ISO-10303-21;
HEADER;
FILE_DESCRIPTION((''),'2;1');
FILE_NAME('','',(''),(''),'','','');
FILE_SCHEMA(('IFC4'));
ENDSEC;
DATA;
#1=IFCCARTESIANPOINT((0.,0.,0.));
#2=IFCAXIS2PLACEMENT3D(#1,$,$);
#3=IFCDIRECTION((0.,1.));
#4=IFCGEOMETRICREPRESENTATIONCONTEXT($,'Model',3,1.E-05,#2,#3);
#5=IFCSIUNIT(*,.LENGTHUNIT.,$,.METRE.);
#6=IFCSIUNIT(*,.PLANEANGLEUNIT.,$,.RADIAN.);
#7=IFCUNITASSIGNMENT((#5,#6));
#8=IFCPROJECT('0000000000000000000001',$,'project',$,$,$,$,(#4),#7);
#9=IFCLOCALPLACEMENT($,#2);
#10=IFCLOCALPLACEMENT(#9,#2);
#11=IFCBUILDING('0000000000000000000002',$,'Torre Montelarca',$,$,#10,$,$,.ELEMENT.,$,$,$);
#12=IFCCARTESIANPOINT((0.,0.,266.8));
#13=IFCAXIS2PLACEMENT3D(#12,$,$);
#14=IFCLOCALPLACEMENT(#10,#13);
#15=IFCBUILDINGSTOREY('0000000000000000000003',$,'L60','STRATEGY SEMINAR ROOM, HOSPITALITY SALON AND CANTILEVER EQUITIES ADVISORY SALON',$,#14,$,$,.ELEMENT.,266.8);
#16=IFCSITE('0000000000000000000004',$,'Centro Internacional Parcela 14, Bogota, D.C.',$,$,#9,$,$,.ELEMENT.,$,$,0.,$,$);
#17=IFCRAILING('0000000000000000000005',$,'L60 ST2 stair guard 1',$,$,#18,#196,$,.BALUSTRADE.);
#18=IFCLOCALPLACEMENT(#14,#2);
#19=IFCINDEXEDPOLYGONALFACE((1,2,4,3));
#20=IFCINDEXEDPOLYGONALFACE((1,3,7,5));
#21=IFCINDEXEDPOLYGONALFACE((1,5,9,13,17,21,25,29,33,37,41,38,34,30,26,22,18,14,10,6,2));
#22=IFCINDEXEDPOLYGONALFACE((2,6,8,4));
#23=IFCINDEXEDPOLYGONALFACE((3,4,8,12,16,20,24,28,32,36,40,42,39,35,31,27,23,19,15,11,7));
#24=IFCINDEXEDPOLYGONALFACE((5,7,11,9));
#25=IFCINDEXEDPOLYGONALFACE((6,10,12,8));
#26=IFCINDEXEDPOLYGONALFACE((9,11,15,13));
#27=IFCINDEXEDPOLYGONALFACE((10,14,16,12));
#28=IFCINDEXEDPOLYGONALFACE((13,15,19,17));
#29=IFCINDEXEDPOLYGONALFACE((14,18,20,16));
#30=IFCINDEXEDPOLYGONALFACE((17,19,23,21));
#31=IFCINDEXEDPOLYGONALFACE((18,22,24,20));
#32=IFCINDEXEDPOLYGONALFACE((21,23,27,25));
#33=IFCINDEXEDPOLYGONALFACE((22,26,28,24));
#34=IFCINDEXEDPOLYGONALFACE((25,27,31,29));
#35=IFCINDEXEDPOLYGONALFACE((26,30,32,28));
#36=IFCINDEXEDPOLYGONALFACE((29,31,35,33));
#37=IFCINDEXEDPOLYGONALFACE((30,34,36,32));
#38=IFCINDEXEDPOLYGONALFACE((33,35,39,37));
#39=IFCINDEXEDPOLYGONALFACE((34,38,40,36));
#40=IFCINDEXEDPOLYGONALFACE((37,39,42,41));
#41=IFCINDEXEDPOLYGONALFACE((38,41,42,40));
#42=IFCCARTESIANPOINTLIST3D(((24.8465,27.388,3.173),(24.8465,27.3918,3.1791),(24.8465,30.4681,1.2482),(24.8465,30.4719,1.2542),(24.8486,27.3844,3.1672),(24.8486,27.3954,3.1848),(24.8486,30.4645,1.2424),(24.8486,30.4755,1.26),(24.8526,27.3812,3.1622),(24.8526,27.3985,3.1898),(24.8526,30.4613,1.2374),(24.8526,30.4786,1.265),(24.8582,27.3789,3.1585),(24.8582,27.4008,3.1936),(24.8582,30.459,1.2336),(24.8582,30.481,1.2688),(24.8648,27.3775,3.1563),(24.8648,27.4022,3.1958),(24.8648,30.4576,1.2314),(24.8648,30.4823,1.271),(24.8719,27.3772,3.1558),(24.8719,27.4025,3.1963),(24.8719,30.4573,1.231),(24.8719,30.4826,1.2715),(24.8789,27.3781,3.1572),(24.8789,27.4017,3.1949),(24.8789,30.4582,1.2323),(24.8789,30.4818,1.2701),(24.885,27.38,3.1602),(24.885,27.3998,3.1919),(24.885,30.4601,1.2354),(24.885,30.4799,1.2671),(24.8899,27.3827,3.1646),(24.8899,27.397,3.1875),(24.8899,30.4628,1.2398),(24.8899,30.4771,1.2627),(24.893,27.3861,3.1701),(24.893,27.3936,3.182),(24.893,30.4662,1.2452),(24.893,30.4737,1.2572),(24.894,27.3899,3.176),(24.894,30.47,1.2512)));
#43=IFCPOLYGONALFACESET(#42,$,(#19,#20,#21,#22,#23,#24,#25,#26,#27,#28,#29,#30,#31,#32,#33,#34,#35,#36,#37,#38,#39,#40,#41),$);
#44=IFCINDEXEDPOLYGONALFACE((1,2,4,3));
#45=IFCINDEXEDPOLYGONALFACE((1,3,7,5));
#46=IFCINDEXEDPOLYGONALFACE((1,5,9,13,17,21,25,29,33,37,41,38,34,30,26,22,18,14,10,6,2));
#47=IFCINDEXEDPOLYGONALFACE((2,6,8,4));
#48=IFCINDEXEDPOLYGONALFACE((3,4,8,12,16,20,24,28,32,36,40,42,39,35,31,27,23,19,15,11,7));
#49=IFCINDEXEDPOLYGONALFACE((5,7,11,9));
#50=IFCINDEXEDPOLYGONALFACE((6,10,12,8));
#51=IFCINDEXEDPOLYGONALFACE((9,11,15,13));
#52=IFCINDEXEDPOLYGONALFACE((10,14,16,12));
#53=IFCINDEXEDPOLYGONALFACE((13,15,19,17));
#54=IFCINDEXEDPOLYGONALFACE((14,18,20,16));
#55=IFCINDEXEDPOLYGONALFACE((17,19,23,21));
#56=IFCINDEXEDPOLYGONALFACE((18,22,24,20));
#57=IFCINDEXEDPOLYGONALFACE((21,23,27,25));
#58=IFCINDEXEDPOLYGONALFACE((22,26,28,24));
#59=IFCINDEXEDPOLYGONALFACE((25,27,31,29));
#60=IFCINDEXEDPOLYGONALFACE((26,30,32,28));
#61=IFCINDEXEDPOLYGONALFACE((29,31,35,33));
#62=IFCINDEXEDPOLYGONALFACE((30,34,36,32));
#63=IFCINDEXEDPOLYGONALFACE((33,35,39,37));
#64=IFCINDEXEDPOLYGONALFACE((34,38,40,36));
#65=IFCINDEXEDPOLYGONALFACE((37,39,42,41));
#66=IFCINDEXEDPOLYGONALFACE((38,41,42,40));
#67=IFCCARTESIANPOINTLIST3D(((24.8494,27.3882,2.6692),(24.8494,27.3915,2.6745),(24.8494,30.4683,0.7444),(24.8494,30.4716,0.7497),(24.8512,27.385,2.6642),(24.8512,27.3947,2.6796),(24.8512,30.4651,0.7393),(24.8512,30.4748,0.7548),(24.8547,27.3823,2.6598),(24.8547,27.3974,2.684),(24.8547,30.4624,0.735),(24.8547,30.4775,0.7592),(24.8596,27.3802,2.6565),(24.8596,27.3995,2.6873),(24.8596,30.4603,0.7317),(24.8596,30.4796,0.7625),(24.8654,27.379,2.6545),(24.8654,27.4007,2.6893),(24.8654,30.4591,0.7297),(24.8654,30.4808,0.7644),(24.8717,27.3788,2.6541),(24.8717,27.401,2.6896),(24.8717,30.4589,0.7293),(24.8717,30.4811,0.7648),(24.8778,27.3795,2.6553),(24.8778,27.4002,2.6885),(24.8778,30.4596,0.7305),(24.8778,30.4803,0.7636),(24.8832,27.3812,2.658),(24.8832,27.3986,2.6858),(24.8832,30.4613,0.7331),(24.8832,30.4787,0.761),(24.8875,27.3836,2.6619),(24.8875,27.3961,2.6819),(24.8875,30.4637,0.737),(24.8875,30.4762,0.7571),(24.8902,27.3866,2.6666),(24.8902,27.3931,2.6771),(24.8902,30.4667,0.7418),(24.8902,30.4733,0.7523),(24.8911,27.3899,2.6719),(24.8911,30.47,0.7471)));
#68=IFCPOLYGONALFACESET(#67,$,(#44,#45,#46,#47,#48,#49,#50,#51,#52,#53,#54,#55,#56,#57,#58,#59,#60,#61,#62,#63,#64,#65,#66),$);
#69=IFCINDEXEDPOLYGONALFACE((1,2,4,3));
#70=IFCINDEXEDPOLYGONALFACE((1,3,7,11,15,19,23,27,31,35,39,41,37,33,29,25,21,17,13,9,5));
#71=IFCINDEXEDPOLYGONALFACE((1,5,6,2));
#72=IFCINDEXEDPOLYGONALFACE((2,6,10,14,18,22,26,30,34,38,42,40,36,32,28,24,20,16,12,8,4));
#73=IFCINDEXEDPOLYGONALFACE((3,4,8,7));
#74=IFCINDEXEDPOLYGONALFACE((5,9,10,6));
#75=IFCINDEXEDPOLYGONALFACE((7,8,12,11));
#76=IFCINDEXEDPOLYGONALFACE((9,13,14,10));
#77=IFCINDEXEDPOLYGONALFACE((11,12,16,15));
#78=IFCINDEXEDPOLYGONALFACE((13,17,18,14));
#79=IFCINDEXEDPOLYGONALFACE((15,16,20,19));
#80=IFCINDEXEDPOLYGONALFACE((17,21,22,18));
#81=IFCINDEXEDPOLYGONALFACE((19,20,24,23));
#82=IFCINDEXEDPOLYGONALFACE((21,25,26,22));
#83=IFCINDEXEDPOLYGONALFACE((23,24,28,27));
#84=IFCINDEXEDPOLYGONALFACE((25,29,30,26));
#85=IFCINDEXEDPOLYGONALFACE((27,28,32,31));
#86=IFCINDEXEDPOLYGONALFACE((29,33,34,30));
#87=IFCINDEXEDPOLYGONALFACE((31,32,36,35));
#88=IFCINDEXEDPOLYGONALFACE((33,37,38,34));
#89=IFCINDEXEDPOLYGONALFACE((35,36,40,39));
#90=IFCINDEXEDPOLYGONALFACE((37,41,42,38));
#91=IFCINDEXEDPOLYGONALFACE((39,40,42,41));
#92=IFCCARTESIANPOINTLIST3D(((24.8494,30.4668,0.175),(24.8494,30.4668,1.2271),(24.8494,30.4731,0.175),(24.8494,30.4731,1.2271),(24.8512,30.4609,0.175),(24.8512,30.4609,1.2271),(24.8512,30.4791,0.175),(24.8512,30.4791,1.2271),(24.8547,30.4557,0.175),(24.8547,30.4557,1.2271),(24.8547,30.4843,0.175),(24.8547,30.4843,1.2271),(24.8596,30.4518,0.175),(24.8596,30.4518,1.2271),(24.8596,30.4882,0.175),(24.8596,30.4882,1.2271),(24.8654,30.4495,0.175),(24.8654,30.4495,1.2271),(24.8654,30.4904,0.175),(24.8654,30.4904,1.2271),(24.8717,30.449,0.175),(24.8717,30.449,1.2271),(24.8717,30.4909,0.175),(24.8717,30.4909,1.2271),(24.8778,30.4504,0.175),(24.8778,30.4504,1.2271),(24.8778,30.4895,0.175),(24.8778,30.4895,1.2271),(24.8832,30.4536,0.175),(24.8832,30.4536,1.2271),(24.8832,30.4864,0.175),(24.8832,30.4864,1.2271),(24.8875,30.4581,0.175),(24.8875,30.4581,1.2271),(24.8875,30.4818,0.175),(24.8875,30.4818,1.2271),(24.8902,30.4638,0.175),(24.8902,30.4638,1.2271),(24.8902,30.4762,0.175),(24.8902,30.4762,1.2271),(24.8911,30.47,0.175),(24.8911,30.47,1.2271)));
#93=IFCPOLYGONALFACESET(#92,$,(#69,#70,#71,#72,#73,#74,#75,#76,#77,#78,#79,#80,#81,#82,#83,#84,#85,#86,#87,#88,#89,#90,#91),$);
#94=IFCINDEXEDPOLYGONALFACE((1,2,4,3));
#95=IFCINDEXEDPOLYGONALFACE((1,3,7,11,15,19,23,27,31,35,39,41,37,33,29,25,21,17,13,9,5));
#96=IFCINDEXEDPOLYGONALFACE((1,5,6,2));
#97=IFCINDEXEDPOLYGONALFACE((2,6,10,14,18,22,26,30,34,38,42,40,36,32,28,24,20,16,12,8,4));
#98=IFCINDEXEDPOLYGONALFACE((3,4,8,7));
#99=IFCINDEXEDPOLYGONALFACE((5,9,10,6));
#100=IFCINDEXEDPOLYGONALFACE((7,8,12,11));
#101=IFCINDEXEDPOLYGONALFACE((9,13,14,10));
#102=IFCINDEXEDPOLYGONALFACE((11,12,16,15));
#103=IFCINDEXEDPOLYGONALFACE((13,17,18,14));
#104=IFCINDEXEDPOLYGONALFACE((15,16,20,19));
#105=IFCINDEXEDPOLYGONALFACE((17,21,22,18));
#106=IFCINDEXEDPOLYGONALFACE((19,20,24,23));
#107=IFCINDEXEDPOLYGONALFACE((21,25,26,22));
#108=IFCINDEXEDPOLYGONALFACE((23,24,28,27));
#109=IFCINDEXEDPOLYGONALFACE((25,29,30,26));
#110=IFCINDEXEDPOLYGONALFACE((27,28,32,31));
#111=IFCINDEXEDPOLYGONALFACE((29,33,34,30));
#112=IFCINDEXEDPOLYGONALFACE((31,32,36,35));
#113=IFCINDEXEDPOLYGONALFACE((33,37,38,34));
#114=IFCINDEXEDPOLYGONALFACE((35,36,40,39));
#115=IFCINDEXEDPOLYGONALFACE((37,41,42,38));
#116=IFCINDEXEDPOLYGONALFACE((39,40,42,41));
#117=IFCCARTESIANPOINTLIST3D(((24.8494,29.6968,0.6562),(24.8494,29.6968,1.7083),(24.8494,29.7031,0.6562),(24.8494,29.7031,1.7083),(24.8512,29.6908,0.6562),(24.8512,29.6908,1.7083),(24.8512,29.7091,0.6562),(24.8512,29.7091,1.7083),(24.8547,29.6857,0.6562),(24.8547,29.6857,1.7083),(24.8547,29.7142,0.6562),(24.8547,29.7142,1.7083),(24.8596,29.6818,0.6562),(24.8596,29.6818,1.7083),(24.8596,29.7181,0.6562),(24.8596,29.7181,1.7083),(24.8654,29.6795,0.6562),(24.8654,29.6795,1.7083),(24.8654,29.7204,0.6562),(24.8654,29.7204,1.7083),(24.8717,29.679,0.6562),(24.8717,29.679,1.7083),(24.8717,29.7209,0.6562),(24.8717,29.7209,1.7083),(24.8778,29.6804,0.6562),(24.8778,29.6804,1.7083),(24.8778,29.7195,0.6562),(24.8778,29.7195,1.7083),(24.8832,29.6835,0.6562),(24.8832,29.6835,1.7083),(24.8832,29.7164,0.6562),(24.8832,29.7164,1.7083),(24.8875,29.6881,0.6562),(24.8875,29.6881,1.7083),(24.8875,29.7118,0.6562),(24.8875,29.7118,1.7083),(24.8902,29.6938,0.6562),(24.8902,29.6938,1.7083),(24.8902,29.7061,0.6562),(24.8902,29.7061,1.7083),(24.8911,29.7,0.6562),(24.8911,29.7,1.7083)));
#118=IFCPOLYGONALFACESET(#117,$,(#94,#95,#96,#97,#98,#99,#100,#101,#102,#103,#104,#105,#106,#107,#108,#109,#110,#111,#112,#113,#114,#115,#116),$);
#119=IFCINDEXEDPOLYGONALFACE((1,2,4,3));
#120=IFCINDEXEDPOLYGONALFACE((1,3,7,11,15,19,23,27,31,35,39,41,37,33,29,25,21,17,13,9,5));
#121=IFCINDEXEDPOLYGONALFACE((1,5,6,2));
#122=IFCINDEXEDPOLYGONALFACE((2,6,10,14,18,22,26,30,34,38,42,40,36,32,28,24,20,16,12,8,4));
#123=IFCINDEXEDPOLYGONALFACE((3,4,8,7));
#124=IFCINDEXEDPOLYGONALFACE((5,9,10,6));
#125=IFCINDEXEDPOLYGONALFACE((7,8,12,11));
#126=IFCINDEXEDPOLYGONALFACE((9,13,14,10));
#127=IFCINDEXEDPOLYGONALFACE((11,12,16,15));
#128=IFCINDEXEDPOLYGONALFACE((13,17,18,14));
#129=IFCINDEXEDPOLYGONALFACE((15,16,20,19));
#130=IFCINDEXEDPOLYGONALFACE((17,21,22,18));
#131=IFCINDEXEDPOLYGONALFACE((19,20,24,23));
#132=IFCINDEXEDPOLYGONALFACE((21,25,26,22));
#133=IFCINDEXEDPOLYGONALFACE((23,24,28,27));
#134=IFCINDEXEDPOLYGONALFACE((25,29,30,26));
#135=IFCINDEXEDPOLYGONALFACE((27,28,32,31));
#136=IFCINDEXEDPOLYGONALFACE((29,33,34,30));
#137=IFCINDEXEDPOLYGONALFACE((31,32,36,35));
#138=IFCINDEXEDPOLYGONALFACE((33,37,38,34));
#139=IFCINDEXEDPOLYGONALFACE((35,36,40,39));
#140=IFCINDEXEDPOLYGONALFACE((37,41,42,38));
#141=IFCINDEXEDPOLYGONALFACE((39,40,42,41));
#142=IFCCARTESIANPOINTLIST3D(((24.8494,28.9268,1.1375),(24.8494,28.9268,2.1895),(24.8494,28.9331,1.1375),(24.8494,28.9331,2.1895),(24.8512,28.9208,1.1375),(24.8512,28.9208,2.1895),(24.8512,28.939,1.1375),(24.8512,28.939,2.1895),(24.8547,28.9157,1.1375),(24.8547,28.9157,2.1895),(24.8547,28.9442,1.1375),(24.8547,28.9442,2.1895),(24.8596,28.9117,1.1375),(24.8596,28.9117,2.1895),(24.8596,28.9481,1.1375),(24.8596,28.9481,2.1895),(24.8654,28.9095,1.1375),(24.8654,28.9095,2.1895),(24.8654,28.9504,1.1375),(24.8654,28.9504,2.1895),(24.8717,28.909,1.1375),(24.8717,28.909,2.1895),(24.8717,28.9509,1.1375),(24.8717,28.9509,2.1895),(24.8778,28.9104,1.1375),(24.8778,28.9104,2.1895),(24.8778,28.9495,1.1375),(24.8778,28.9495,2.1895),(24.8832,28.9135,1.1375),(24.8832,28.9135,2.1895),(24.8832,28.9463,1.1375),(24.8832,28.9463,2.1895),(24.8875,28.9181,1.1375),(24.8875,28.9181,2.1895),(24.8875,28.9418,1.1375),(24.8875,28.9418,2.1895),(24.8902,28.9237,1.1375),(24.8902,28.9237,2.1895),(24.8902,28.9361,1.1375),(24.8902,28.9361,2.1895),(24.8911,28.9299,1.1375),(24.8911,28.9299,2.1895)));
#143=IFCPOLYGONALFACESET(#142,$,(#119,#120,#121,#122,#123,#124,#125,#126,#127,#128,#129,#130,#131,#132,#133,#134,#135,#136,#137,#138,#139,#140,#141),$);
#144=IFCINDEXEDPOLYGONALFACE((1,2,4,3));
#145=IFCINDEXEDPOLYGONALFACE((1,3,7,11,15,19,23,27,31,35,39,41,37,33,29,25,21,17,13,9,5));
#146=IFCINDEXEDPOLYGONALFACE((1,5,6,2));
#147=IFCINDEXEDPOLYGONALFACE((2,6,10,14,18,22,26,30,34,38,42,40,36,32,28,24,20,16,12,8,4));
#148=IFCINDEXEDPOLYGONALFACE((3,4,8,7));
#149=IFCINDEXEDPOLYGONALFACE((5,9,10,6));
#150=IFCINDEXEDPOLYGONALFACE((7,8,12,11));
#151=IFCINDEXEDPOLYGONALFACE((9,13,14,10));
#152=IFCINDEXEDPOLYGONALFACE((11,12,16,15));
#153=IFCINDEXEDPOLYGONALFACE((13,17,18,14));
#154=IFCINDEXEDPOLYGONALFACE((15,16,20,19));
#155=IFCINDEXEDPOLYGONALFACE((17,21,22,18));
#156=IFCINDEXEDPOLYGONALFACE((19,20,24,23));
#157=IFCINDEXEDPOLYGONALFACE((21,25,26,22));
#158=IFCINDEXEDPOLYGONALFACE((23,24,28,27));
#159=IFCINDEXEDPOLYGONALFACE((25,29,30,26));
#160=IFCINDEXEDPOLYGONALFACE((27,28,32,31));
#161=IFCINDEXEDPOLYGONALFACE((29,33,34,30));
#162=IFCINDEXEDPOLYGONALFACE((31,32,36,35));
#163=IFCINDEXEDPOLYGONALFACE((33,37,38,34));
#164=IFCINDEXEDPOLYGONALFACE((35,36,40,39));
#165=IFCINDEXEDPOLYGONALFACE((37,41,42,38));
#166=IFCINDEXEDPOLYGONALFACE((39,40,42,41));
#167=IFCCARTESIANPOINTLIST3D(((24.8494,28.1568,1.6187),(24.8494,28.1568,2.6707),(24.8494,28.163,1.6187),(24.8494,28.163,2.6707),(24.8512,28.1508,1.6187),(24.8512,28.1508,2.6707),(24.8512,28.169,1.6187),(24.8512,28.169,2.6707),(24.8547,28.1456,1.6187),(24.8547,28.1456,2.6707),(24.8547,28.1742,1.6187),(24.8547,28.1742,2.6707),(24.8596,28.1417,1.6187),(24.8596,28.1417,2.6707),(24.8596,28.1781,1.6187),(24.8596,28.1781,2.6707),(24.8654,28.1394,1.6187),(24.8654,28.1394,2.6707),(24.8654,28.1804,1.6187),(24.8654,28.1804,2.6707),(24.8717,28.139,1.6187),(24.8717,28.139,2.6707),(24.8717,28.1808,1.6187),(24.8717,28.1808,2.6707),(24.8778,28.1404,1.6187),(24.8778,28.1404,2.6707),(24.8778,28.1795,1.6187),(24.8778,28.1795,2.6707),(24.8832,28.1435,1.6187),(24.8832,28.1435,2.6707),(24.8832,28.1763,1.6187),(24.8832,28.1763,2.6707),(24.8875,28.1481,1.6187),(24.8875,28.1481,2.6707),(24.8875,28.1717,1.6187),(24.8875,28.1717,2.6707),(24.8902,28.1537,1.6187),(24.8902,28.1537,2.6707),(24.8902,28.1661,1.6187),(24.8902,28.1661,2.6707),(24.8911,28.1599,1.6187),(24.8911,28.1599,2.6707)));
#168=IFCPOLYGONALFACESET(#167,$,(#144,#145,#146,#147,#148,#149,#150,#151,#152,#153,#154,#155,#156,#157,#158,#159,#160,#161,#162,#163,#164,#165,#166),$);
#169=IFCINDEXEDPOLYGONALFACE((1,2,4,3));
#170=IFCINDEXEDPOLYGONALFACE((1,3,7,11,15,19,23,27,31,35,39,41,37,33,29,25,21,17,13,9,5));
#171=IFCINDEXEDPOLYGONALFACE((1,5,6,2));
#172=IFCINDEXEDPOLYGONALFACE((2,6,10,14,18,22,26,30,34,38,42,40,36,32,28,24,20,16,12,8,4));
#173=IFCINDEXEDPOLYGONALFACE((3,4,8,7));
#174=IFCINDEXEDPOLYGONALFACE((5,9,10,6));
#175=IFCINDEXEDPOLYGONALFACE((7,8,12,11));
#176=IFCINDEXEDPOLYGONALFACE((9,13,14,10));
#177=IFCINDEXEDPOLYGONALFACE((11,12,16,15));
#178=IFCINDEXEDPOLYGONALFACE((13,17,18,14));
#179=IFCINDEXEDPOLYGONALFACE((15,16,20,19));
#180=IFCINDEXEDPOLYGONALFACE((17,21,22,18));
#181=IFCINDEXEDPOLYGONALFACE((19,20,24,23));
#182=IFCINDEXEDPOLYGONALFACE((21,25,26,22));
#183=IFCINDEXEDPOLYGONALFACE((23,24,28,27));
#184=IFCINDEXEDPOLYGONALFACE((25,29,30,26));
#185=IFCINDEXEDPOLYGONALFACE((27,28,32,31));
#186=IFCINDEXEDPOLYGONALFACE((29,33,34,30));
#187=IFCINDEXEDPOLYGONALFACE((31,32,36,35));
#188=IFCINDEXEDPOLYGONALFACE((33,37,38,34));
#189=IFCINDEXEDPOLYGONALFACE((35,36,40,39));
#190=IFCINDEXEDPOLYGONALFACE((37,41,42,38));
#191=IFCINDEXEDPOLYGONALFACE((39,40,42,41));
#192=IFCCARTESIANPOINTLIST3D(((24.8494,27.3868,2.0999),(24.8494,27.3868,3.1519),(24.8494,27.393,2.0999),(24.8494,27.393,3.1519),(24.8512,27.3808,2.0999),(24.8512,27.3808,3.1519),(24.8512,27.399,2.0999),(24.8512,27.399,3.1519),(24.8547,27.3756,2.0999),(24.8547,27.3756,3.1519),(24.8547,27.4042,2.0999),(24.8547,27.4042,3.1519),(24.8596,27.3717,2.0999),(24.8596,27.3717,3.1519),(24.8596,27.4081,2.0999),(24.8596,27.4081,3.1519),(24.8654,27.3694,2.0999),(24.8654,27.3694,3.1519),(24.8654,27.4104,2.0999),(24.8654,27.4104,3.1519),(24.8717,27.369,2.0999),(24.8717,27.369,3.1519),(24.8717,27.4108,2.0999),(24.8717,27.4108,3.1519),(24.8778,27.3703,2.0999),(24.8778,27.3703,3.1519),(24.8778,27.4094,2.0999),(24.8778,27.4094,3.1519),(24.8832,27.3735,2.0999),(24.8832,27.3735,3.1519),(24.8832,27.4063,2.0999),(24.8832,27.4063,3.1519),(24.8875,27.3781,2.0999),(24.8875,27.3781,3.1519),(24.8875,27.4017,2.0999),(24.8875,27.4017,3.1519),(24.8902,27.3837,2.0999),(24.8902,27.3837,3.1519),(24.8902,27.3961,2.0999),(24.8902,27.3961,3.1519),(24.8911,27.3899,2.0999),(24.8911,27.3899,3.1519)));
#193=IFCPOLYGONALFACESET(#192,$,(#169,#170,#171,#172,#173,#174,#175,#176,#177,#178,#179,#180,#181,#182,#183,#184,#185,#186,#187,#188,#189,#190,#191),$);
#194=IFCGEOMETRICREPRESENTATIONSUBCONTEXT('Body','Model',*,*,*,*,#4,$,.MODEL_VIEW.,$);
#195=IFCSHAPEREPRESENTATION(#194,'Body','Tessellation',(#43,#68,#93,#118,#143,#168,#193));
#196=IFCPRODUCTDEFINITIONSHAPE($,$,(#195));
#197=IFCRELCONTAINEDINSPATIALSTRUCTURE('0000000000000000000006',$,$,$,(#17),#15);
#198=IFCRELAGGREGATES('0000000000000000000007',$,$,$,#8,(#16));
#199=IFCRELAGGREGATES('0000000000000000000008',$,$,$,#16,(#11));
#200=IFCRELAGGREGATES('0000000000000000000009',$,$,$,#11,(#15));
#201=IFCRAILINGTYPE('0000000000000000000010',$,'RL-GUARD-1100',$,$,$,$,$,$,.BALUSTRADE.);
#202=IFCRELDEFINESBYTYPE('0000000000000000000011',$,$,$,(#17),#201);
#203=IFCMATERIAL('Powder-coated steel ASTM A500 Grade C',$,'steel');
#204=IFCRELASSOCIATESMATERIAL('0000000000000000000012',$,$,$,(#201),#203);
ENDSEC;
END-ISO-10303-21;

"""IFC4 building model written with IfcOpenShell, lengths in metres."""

from ifc_helpers import new_model, si_unit, direction, frame, origin, origin_2d, place, context, subcontext, project, spatial, circle, extrude, material, type_object, element, save


model = new_model("IFC4")

# Units and contexts
model_context = context("Model", 3, precision=1e-05, world=origin(), true_north=direction((0.0, 1.0)))
body_context = subcontext(model_context, "Body", "Model", "MODEL_VIEW")
ifc_project = project(units=[si_unit("LENGTHUNIT", "METRE"), si_unit("PLANEANGLEUNIT", "RADIAN")], contexts=[model_context])

# Site, building, storey
site_placement = place(None, origin())
site = spatial("IfcSite", under=ifc_project, at=site_placement, Name="Centro Internacional Parcela 14, Bogota, D.C.", CompositionType="ELEMENT", RefElevation=0.0)
building_placement = place(site_placement, origin())
building = spatial("IfcBuilding", under=site, at=building_placement, Name="Torre Montelarca", CompositionType="ELEMENT")
storey_placement = place(building_placement, frame((0.0, 0.0, 266.8)))
storey = spatial("IfcBuildingStorey", under=building, at=storey_placement, Name="L60", Description="STRATEGY SEMINAR ROOM, HOSPITALITY SALON AND CANTILEVER EQUITIES ADVISORY SALON", CompositionType="ELEMENT", Elevation=266.8)

# Railing
ifc_material_1 = material(Name="Powder-coated steel ASTM A500 Grade C", Category="steel")
railing_type_1 = type_object("IfcRailingType", Name="RL-GUARD-1100", PredefinedType="BALUSTRADE", material=ifc_material_1)
railing_1_placement = place(storey_placement, frame((24.8701, 30.47, 0.175)))
element("IfcRailing", 1, at=railing_1_placement, inside=storey, type_object=railing_type_1, Name="L60 ST2 stair guard 1", PredefinedType="BALUSTRADE", context=body_context, shape_type="SweptSolid", body=[
    extrude(circle(Radius=0.0239, at=origin_2d()), frame((0.0, 0.0, 1.0762), z_axis=(0.0, -0.848029, 0.529951), x_axis=(1.0, 0.0, 0.0)), (0.0, 0.0, 1.0), 3.6321),
    extrude(circle(Radius=0.021, at=origin_2d()), frame((0.0, 0.0, 0.572), z_axis=(0.0, -0.848029, 0.529951), x_axis=(1.0, 0.0, 0.0)), (0.0, 0.0, 1.0), 3.6321),
    extrude(circle(Radius=0.021, at=origin_2d()), origin(), (0.0, 0.0, 1.0), 1.052),
    extrude(circle(Radius=0.021, at=origin_2d()), frame((0.0, -0.77, 0.4812)), (0.0, 0.0, 1.0), 1.052),
    extrude(circle(Radius=0.021, at=origin_2d()), frame((0.0, -1.54, 0.9624)), (0.0, 0.0, 1.0), 1.052),
    extrude(circle(Radius=0.021, at=origin_2d()), frame((0.0, -2.3101, 1.4436)), (0.0, 0.0, 1.0), 1.052),
    extrude(circle(Radius=0.021, at=origin_2d()), frame((0.0, -3.0801, 1.9248)), (0.0, 0.0, 1.0), 1.052),
])

save(model, "model.ifc")
